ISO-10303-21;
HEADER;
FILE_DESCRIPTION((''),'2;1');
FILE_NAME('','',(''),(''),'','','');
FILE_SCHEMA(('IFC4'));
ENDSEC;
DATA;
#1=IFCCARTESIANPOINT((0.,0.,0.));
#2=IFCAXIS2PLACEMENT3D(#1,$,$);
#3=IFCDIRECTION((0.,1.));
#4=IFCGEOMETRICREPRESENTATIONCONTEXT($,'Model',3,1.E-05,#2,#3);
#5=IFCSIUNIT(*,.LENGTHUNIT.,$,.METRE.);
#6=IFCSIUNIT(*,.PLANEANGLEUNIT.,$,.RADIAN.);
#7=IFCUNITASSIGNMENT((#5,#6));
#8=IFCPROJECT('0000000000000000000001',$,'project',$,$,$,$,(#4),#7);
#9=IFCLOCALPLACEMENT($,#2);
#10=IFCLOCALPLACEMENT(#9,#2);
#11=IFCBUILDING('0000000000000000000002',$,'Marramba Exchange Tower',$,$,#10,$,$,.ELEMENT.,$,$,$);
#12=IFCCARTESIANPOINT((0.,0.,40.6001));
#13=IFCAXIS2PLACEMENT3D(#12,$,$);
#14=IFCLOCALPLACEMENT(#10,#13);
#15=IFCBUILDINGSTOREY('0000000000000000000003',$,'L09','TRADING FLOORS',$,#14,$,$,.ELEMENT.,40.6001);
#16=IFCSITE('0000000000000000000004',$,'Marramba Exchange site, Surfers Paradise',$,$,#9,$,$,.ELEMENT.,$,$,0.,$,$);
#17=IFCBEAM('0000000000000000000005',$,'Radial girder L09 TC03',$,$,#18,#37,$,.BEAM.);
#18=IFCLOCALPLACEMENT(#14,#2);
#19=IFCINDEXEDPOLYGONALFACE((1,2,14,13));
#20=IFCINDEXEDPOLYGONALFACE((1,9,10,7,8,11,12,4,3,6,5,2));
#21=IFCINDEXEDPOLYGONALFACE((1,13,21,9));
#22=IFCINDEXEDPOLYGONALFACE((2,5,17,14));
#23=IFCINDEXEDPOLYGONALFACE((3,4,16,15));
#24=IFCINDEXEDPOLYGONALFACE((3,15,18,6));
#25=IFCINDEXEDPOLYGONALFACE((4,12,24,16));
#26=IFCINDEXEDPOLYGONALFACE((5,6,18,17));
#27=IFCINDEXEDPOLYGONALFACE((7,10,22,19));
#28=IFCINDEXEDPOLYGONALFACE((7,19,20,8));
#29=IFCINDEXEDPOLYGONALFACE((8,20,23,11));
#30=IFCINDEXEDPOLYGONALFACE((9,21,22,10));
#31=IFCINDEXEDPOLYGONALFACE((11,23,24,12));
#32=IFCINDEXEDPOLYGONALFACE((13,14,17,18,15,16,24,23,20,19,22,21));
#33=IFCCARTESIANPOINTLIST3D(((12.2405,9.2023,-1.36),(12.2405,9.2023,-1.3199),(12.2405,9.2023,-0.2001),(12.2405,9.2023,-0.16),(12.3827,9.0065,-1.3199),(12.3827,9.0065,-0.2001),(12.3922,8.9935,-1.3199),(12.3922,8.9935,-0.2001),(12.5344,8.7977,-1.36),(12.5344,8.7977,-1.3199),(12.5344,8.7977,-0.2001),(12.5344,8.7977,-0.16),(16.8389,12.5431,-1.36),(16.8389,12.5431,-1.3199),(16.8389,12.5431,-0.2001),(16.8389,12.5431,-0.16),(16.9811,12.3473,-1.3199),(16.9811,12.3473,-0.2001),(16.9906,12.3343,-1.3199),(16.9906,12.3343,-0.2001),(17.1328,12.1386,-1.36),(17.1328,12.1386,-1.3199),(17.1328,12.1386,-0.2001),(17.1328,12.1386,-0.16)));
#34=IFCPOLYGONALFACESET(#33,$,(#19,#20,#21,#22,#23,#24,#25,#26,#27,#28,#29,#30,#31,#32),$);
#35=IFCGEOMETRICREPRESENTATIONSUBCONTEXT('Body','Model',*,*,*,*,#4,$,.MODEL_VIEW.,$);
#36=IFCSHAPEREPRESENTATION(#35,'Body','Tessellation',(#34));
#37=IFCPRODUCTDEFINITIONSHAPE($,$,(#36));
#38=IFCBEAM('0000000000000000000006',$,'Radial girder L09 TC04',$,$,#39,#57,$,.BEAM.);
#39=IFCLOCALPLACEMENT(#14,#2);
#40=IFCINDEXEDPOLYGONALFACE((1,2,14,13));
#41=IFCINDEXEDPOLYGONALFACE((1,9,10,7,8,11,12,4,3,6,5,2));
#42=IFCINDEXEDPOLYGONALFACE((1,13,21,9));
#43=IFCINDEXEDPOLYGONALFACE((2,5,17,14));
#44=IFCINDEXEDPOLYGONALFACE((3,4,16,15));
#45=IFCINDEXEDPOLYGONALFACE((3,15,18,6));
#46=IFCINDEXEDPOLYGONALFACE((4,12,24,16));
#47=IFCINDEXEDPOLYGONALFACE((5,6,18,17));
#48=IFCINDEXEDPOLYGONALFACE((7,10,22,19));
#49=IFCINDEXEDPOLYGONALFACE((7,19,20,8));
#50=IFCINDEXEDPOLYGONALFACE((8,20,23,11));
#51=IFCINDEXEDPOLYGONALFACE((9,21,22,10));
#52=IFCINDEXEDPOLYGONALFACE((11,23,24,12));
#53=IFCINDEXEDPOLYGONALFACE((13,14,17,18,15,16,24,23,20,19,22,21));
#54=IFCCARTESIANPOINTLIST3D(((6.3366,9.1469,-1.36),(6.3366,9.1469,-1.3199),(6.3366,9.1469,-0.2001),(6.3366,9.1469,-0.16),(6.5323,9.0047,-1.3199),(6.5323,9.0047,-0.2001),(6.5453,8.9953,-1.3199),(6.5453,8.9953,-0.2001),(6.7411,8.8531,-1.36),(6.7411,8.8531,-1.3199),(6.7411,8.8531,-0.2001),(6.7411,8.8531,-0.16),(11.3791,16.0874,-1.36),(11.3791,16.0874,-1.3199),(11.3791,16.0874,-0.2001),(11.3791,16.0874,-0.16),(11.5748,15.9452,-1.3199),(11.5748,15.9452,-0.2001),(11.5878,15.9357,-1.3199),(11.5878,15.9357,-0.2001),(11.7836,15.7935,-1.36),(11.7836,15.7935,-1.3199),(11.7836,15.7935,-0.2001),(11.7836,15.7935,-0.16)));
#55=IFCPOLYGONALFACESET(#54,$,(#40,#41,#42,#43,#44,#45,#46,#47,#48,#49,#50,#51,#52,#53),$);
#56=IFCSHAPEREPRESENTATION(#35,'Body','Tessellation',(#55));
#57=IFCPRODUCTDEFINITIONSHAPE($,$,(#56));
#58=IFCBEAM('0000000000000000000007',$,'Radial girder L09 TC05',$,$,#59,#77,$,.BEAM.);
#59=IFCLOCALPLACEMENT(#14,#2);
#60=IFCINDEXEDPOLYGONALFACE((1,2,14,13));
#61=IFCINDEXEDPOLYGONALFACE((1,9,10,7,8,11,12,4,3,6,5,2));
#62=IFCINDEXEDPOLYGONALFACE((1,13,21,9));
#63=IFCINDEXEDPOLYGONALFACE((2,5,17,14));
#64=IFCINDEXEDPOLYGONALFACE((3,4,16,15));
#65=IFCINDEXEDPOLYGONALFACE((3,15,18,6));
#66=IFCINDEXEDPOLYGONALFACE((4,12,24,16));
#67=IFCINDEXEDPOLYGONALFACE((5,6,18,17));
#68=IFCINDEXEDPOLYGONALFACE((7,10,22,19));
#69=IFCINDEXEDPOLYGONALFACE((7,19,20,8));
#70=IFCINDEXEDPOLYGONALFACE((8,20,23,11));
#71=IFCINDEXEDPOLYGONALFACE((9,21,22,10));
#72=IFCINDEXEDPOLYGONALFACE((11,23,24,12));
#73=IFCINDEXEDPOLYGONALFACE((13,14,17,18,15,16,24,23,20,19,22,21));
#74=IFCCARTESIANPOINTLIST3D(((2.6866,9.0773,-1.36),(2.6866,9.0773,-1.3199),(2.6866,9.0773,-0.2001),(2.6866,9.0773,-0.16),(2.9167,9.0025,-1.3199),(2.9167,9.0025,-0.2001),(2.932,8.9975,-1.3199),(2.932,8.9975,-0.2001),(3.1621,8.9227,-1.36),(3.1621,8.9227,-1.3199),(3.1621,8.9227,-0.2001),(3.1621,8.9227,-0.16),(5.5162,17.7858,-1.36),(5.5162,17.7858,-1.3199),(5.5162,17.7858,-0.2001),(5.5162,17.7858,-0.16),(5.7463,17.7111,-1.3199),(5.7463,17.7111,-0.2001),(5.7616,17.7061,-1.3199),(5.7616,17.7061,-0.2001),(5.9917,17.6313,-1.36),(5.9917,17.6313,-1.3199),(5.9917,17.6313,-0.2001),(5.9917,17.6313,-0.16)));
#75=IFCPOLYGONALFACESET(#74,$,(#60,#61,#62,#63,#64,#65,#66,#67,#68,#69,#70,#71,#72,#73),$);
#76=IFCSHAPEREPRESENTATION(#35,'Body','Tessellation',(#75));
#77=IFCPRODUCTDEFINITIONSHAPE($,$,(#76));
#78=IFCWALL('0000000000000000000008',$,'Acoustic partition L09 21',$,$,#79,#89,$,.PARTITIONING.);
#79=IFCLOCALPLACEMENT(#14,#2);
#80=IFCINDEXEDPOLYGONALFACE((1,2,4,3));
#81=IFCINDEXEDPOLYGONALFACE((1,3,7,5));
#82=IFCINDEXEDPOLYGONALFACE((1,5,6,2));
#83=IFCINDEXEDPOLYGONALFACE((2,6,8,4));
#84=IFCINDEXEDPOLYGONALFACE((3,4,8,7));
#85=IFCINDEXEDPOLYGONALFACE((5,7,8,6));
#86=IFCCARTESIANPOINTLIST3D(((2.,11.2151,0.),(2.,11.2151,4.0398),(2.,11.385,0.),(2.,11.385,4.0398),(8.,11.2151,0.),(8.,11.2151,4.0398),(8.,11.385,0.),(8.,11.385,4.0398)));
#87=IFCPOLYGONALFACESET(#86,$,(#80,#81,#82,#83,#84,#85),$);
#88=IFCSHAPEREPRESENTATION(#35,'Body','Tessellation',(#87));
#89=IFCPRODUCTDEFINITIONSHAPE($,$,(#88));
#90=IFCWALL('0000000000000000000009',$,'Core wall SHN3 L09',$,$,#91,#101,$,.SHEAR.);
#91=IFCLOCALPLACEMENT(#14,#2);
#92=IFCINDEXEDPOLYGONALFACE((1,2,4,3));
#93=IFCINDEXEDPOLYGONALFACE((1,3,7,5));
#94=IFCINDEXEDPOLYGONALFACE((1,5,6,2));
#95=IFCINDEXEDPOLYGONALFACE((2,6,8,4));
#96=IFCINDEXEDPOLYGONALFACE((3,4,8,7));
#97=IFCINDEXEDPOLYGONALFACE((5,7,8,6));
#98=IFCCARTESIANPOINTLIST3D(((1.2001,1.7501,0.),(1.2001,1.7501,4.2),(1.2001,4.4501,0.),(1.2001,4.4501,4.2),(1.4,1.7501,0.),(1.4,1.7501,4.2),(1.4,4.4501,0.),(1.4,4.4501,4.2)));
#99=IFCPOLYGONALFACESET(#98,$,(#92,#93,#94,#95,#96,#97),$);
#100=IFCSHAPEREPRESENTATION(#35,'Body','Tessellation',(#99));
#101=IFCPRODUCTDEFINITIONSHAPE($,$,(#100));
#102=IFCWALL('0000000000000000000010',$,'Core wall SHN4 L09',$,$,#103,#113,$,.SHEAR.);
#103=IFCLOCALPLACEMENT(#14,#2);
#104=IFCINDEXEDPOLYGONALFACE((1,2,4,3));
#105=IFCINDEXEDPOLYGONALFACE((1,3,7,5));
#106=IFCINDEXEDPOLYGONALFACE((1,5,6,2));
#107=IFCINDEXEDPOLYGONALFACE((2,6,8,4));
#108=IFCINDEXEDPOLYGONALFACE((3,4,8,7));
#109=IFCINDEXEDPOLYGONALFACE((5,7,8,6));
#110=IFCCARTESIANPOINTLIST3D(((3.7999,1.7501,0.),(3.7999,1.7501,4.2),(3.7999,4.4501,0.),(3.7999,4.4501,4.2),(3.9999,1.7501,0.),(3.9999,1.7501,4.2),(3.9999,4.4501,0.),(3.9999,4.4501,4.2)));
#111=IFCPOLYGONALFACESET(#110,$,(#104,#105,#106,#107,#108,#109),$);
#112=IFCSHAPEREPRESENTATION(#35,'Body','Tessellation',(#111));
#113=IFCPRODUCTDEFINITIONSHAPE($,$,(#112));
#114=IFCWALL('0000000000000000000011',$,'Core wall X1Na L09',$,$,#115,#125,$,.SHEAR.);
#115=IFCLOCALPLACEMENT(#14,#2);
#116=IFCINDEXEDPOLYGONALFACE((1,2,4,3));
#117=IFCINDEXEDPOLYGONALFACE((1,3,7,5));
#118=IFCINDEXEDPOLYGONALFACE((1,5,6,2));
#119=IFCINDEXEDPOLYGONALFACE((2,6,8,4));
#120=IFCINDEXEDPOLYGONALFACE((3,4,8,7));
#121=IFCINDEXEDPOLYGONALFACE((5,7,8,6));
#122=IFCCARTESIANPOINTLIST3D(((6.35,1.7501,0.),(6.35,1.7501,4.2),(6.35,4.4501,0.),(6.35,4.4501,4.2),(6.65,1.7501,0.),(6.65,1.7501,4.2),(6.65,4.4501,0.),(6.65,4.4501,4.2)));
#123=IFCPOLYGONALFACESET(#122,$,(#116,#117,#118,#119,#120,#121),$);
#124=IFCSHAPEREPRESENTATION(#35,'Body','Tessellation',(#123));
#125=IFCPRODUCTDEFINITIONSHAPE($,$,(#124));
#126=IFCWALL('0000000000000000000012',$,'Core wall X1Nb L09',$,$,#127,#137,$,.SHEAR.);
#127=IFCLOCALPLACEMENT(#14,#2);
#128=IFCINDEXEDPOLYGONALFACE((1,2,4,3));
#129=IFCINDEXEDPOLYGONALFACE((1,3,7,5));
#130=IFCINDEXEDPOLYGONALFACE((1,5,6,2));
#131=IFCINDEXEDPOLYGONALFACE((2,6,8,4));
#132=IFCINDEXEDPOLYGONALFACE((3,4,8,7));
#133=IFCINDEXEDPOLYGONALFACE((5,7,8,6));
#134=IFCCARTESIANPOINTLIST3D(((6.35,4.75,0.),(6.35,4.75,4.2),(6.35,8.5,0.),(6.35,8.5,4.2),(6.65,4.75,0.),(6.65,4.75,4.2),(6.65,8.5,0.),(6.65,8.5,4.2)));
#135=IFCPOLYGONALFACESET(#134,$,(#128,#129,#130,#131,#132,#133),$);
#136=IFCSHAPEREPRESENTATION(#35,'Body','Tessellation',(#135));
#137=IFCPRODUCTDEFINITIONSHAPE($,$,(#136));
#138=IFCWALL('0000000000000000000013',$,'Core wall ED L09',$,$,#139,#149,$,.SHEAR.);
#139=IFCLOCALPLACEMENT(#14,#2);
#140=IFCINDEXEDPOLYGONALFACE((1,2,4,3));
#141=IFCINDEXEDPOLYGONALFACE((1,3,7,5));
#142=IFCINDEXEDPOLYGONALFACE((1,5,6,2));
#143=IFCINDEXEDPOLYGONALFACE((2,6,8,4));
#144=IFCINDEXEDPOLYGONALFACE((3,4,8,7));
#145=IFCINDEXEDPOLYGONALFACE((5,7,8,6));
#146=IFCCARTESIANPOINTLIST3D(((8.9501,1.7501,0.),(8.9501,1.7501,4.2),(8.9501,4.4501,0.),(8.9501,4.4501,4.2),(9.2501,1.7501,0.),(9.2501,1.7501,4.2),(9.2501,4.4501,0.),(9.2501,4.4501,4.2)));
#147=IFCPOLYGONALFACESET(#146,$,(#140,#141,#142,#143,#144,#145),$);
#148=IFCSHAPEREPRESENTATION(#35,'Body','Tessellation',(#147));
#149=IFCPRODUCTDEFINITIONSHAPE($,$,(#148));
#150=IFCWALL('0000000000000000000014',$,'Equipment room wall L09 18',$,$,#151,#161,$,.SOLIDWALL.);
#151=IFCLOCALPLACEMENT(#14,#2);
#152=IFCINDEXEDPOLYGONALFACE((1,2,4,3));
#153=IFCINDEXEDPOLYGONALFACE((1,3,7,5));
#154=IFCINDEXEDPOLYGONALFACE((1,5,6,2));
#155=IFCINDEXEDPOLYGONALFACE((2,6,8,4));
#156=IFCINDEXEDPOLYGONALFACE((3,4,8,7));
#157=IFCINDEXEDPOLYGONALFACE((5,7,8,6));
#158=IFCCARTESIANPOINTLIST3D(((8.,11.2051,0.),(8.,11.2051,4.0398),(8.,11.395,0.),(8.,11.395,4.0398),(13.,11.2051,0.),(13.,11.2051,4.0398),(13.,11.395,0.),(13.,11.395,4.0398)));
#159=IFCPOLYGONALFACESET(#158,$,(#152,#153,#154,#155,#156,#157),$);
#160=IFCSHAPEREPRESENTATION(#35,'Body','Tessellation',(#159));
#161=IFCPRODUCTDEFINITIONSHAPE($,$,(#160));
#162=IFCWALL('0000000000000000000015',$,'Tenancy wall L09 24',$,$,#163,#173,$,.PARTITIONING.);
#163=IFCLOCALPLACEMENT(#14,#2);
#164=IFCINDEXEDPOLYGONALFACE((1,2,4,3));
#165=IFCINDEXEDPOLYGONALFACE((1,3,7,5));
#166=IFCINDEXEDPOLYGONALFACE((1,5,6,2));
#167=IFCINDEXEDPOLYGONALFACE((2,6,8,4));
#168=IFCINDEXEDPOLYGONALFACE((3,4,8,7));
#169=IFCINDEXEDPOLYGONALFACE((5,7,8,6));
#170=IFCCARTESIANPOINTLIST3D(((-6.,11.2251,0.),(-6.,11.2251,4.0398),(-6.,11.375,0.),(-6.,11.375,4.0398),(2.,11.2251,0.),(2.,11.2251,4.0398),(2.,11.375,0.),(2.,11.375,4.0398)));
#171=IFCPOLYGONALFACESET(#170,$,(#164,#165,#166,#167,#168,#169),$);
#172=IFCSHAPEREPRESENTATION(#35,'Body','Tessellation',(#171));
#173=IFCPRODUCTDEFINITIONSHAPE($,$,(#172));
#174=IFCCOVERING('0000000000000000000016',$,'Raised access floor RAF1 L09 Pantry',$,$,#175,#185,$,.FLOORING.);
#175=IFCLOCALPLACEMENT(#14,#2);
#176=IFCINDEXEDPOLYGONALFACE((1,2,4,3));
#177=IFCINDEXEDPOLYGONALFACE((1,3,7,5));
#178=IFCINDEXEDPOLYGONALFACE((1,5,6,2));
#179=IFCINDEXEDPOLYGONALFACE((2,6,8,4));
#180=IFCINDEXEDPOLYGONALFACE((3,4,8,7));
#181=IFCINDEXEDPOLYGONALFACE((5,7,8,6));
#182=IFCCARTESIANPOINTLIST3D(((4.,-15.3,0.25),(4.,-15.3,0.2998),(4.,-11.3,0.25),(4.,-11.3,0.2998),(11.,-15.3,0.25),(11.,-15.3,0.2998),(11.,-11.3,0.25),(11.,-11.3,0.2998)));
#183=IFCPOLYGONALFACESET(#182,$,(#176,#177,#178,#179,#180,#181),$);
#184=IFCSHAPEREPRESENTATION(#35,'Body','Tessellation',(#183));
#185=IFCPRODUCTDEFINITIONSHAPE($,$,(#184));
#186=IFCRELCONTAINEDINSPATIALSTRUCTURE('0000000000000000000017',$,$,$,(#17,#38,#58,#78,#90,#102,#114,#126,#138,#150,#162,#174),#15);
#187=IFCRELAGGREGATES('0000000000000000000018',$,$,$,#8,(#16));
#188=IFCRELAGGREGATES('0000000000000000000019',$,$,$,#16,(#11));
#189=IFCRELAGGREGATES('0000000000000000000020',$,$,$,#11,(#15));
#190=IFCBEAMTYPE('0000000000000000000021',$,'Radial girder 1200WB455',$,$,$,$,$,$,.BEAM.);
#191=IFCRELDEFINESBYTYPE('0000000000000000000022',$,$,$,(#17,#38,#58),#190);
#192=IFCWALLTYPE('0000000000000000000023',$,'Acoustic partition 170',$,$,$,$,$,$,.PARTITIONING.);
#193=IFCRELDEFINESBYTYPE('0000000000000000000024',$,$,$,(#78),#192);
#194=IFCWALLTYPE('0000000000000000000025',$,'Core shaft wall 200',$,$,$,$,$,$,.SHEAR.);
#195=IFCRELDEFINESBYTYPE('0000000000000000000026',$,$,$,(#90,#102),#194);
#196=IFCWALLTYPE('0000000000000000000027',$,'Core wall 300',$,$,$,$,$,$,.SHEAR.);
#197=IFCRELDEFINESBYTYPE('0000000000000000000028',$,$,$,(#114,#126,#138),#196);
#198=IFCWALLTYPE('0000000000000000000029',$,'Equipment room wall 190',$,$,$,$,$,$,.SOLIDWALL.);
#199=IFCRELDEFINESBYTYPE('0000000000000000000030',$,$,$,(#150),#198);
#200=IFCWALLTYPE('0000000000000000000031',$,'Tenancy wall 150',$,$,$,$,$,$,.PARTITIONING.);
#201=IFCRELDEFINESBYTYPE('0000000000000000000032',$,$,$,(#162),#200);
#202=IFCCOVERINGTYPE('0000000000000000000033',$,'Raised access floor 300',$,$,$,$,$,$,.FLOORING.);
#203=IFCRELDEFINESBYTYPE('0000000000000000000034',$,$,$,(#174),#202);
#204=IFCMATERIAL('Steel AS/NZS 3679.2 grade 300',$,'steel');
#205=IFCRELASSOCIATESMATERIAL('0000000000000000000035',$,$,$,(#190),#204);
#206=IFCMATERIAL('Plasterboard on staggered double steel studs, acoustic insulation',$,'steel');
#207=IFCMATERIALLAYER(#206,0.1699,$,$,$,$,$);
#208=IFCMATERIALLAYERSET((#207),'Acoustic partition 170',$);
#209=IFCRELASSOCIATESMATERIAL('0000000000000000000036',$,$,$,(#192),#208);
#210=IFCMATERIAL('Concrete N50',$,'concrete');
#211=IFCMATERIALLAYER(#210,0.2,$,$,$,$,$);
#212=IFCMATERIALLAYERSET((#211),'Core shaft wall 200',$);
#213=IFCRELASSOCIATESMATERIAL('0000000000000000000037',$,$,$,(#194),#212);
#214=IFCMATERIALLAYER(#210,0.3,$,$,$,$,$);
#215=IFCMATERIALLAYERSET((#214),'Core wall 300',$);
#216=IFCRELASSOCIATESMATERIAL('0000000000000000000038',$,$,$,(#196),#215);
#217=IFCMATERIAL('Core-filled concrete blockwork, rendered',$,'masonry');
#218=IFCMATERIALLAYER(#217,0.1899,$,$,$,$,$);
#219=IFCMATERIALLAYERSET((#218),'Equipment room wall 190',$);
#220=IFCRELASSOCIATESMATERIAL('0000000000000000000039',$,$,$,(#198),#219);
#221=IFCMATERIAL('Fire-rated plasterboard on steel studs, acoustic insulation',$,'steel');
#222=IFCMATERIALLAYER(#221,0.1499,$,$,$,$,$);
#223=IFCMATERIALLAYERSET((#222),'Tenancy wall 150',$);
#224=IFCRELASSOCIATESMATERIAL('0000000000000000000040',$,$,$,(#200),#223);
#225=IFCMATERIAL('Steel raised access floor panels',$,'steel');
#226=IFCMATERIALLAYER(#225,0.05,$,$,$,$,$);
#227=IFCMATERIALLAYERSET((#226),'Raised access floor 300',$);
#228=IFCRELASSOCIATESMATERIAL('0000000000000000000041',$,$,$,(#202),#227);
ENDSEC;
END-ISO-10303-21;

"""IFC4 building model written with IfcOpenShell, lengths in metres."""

from ifc_helpers import new_model, si_unit, direction, frame, frame_2d, origin, origin_2d, place, context, subcontext, project, spatial, polyline, rectangle, i_section, outline, extrude, material, layer, layer_set, material_profile, profile_set, type_object, element, save


model = new_model("IFC4")

# Units and contexts
model_context = context("Model", 3, precision=1e-05, world=origin(), true_north=direction((0.0, 1.0)))
body_context = subcontext(model_context, "Body", "Model", "MODEL_VIEW")
ifc_project = project(units=[si_unit("LENGTHUNIT", "METRE"), si_unit("PLANEANGLEUNIT", "RADIAN")], contexts=[model_context])

# Site, building, storey
site_placement = place(None, origin())
site = spatial("IfcSite", under=ifc_project, at=site_placement, Name="Marramba Exchange site, Surfers Paradise", CompositionType="ELEMENT", RefElevation=0.0)
building_placement = place(site_placement, origin())
building = spatial("IfcBuilding", under=site, at=building_placement, Name="Marramba Exchange Tower", CompositionType="ELEMENT")
storey_placement = place(building_placement, frame((0.0, 0.0, 40.6001)))
storey = spatial("IfcBuildingStorey", under=building, at=storey_placement, Name="L09", Description="TRADING FLOORS", CompositionType="ELEMENT", Elevation=40.6001)

# Beams
ifc_material_1 = material(Name="Steel AS/NZS 3679.2 grade 300", Category="steel")
ifc_material_profile_1 = material_profile(ifc_material_1, i_section(OverallWidth=0.5, OverallDepth=1.2, WebThickness=0.0161, FlangeThickness=0.04, at=origin_2d()), Name="1200WB455")
ifc_profile_set_1 = profile_set([ifc_material_profile_1], Name="Steel AS/NZS 3679.2 grade 300")
beam_type_1 = type_object("IfcBeamType", Name="Radial girder 1200WB455", PredefinedType="BEAM", material=ifc_profile_set_1)
beam_1_placement = place(storey_placement, frame((12.3875, 9.0, -0.76), z_axis=(0.809026, 0.587773, 0.0), x_axis=(-0.587773, 0.809026, 0.0)))
element("IfcBeam", 1, at=beam_1_placement, inside=storey, type_object=beam_type_1, Name="Radial girder L09 TC03", PredefinedType="BEAM", context=body_context, shape_type="SweptSolid", body=[
    extrude(i_section(OverallWidth=0.5, OverallDepth=1.2, WebThickness=0.0161, FlangeThickness=0.04, at=origin_2d()), origin(), (0.0, 0.0, 1.0), 5.6838),
])
beam_2_placement = place(storey_placement, frame((6.5388, 9.0, -0.76), z_axis=(0.587782, 0.809019, 0.0), x_axis=(-0.809019, 0.587782, 0.0)))
element("IfcBeam", 2, at=beam_2_placement, inside=storey, type_object=beam_type_1, Name="Radial girder L09 TC04", PredefinedType="BEAM", context=body_context, shape_type="SweptSolid", body=[
    extrude(i_section(OverallWidth=0.5, OverallDepth=1.2, WebThickness=0.0161, FlangeThickness=0.04, at=origin_2d()), origin(), (0.0, 0.0, 1.0), 8.5789),
])
beam_3_placement = place(storey_placement, frame((2.9243, 9.0, -0.76), z_axis=(0.30902, 0.951056, 0.0), x_axis=(-0.951056, 0.30902, 0.0)))
element("IfcBeam", 3, at=beam_3_placement, inside=storey, type_object=beam_type_1, Name="Radial girder L09 TC05", PredefinedType="BEAM", context=body_context, shape_type="SweptSolid", body=[
    extrude(i_section(OverallWidth=0.5, OverallDepth=1.2, WebThickness=0.0161, FlangeThickness=0.04, at=origin_2d()), origin(), (0.0, 0.0, 1.0), 9.1567),
])

# Walls
ifc_material_2 = material(Name="Plasterboard on staggered double steel studs, acoustic insulation", Category="steel")
ifc_layer_1 = layer(ifc_material_2, 0.1699)
ifc_layer_set_1 = layer_set([ifc_layer_1], Name="Acoustic partition 170")
wall_type_1 = type_object("IfcWallType", Name="Acoustic partition 170", PredefinedType="PARTITIONING", material=ifc_layer_set_1)
wall_1_placement = place(storey_placement, frame((2.0, 11.3, 0.0), z_axis=(0.0, 0.0, 1.0), x_axis=(1.0, 0.0, 0.0)))
element("IfcWall", 4, at=wall_1_placement, inside=storey, type_object=wall_type_1, Name="Acoustic partition L09 21", PredefinedType="PARTITIONING", context=body_context, shape_type="SweptSolid", body=[
    extrude(rectangle(XDim=6.0, YDim=0.1699, at=frame_2d((3.0, 0.0))), origin(), (0.0, 0.0, 1.0), 4.0398),
])
ifc_material_3 = material(Name="Concrete N50", Category="concrete")
ifc_layer_2 = layer(ifc_material_3, 0.2)
ifc_layer_set_2 = layer_set([ifc_layer_2], Name="Core shaft wall 200")
wall_type_2 = type_object("IfcWallType", Name="Core shaft wall 200", PredefinedType="SHEAR", material=ifc_layer_set_2)
for number, where, z_axis, x_axis, name in (
    (5, (1.3, 1.75, 0.0), (0.0, 0.0, 1.0), (0.0, 1.0, 0.0), "Core wall SHN3 L09"),
    (6, (3.8999, 1.75, 0.0), (0.0, 0.0, 1.0), (0.0, 1.0, 0.0), "Core wall SHN4 L09"),
):
    element("IfcWall", number, at=place(storey_placement, frame(where, z_axis=z_axis, x_axis=x_axis)), inside=storey, type_object=wall_type_2, Name=name, PredefinedType="SHEAR", context=body_context, shape_type="SweptSolid", body=[
        extrude(rectangle(XDim=2.7, YDim=0.2, at=frame_2d((1.3501, 0.0))), origin(), (0.0, 0.0, 1.0), 4.2),
    ])
ifc_layer_3 = layer(ifc_material_3, 0.3)
ifc_layer_set_3 = layer_set([ifc_layer_3], Name="Core wall 300")
wall_type_3 = type_object("IfcWallType", Name="Core wall 300", PredefinedType="SHEAR", material=ifc_layer_set_3)
wall_2_placement = place(storey_placement, frame((6.5, 1.75, 0.0), z_axis=(0.0, 0.0, 1.0), x_axis=(0.0, 1.0, 0.0)))
element("IfcWall", 7, at=wall_2_placement, inside=storey, type_object=wall_type_3, Name="Core wall X1Na L09", PredefinedType="SHEAR", context=body_context, shape_type="SweptSolid", body=[
    extrude(rectangle(XDim=2.7, YDim=0.3, at=frame_2d((1.3501, 0.0))), origin(), (0.0, 0.0, 1.0), 4.2),
])
wall_3_placement = place(storey_placement, frame((6.5, 4.75, 0.0), z_axis=(0.0, 0.0, 1.0), x_axis=(0.0, 1.0, 0.0)))
element("IfcWall", 8, at=wall_3_placement, inside=storey, type_object=wall_type_3, Name="Core wall X1Nb L09", PredefinedType="SHEAR", context=body_context, shape_type="SweptSolid", body=[
    extrude(rectangle(XDim=3.75, YDim=0.3, at=frame_2d((1.875, 0.0))), origin(), (0.0, 0.0, 1.0), 4.2),
])
wall_4_placement = place(storey_placement, frame((9.1001, 1.75, 0.0), z_axis=(0.0, 0.0, 1.0), x_axis=(0.0, 1.0, 0.0)))
element("IfcWall", 9, at=wall_4_placement, inside=storey, type_object=wall_type_3, Name="Core wall ED L09", PredefinedType="SHEAR", context=body_context, shape_type="SweptSolid", body=[
    extrude(rectangle(XDim=2.7, YDim=0.3, at=frame_2d((1.3501, 0.0))), origin(), (0.0, 0.0, 1.0), 4.2),
])
ifc_material_4 = material(Name="Core-filled concrete blockwork, rendered", Category="masonry")
ifc_layer_4 = layer(ifc_material_4, 0.1899)
ifc_layer_set_4 = layer_set([ifc_layer_4], Name="Equipment room wall 190")
wall_type_4 = type_object("IfcWallType", Name="Equipment room wall 190", PredefinedType="SOLIDWALL", material=ifc_layer_set_4)
wall_5_placement = place(storey_placement, frame((8.0, 11.3, 0.0), z_axis=(0.0, 0.0, 1.0), x_axis=(1.0, 0.0, 0.0)))
element("IfcWall", 10, at=wall_5_placement, inside=storey, type_object=wall_type_4, Name="Equipment room wall L09 18", PredefinedType="SOLIDWALL", context=body_context, shape_type="SweptSolid", body=[
    extrude(rectangle(XDim=5.0, YDim=0.1899, at=frame_2d((2.5, 0.0))), origin(), (0.0, 0.0, 1.0), 4.0398),
])
ifc_material_5 = material(Name="Fire-rated plasterboard on steel studs, acoustic insulation", Category="steel")
ifc_layer_5 = layer(ifc_material_5, 0.1499)
ifc_layer_set_5 = layer_set([ifc_layer_5], Name="Tenancy wall 150")
wall_type_5 = type_object("IfcWallType", Name="Tenancy wall 150", PredefinedType="PARTITIONING", material=ifc_layer_set_5)
wall_6_placement = place(storey_placement, frame((2.0, 11.3, 0.0), z_axis=(0.0, 0.0, 1.0), x_axis=(-1.0, 0.0, 0.0)))
element("IfcWall", 11, at=wall_6_placement, inside=storey, type_object=wall_type_5, Name="Tenancy wall L09 24", PredefinedType="PARTITIONING", context=body_context, shape_type="SweptSolid", body=[
    extrude(rectangle(XDim=8.0, YDim=0.1499, at=frame_2d((4.0, 0.0))), origin(), (0.0, 0.0, 1.0), 4.0398),
])

# Covering
ifc_material_6 = material(Name="Steel raised access floor panels", Category="steel")
ifc_layer_6 = layer(ifc_material_6, 0.05)
ifc_layer_set_6 = layer_set([ifc_layer_6], Name="Raised access floor 300")
covering_type_1 = type_object("IfcCoveringType", Name="Raised access floor 300", PredefinedType="FLOORING", material=ifc_layer_set_6)
covering_1_placement = place(storey_placement, frame((0.0, 0.0, 0.25)))
element("IfcCovering", 12, at=covering_1_placement, inside=storey, type_object=covering_type_1, Name="Raised access floor RAF1 L09 Pantry", PredefinedType="FLOORING", context=body_context, shape_type="SweptSolid", body=[
    extrude(outline(polyline([(11.0, -15.3), (4.0, -15.3), (4.0, -11.3), (11.0, -11.3), (11.0, -15.3)])), origin(), (0.0, 0.0, 1.0), 0.0498),
])

save(model, "model.ifc")
